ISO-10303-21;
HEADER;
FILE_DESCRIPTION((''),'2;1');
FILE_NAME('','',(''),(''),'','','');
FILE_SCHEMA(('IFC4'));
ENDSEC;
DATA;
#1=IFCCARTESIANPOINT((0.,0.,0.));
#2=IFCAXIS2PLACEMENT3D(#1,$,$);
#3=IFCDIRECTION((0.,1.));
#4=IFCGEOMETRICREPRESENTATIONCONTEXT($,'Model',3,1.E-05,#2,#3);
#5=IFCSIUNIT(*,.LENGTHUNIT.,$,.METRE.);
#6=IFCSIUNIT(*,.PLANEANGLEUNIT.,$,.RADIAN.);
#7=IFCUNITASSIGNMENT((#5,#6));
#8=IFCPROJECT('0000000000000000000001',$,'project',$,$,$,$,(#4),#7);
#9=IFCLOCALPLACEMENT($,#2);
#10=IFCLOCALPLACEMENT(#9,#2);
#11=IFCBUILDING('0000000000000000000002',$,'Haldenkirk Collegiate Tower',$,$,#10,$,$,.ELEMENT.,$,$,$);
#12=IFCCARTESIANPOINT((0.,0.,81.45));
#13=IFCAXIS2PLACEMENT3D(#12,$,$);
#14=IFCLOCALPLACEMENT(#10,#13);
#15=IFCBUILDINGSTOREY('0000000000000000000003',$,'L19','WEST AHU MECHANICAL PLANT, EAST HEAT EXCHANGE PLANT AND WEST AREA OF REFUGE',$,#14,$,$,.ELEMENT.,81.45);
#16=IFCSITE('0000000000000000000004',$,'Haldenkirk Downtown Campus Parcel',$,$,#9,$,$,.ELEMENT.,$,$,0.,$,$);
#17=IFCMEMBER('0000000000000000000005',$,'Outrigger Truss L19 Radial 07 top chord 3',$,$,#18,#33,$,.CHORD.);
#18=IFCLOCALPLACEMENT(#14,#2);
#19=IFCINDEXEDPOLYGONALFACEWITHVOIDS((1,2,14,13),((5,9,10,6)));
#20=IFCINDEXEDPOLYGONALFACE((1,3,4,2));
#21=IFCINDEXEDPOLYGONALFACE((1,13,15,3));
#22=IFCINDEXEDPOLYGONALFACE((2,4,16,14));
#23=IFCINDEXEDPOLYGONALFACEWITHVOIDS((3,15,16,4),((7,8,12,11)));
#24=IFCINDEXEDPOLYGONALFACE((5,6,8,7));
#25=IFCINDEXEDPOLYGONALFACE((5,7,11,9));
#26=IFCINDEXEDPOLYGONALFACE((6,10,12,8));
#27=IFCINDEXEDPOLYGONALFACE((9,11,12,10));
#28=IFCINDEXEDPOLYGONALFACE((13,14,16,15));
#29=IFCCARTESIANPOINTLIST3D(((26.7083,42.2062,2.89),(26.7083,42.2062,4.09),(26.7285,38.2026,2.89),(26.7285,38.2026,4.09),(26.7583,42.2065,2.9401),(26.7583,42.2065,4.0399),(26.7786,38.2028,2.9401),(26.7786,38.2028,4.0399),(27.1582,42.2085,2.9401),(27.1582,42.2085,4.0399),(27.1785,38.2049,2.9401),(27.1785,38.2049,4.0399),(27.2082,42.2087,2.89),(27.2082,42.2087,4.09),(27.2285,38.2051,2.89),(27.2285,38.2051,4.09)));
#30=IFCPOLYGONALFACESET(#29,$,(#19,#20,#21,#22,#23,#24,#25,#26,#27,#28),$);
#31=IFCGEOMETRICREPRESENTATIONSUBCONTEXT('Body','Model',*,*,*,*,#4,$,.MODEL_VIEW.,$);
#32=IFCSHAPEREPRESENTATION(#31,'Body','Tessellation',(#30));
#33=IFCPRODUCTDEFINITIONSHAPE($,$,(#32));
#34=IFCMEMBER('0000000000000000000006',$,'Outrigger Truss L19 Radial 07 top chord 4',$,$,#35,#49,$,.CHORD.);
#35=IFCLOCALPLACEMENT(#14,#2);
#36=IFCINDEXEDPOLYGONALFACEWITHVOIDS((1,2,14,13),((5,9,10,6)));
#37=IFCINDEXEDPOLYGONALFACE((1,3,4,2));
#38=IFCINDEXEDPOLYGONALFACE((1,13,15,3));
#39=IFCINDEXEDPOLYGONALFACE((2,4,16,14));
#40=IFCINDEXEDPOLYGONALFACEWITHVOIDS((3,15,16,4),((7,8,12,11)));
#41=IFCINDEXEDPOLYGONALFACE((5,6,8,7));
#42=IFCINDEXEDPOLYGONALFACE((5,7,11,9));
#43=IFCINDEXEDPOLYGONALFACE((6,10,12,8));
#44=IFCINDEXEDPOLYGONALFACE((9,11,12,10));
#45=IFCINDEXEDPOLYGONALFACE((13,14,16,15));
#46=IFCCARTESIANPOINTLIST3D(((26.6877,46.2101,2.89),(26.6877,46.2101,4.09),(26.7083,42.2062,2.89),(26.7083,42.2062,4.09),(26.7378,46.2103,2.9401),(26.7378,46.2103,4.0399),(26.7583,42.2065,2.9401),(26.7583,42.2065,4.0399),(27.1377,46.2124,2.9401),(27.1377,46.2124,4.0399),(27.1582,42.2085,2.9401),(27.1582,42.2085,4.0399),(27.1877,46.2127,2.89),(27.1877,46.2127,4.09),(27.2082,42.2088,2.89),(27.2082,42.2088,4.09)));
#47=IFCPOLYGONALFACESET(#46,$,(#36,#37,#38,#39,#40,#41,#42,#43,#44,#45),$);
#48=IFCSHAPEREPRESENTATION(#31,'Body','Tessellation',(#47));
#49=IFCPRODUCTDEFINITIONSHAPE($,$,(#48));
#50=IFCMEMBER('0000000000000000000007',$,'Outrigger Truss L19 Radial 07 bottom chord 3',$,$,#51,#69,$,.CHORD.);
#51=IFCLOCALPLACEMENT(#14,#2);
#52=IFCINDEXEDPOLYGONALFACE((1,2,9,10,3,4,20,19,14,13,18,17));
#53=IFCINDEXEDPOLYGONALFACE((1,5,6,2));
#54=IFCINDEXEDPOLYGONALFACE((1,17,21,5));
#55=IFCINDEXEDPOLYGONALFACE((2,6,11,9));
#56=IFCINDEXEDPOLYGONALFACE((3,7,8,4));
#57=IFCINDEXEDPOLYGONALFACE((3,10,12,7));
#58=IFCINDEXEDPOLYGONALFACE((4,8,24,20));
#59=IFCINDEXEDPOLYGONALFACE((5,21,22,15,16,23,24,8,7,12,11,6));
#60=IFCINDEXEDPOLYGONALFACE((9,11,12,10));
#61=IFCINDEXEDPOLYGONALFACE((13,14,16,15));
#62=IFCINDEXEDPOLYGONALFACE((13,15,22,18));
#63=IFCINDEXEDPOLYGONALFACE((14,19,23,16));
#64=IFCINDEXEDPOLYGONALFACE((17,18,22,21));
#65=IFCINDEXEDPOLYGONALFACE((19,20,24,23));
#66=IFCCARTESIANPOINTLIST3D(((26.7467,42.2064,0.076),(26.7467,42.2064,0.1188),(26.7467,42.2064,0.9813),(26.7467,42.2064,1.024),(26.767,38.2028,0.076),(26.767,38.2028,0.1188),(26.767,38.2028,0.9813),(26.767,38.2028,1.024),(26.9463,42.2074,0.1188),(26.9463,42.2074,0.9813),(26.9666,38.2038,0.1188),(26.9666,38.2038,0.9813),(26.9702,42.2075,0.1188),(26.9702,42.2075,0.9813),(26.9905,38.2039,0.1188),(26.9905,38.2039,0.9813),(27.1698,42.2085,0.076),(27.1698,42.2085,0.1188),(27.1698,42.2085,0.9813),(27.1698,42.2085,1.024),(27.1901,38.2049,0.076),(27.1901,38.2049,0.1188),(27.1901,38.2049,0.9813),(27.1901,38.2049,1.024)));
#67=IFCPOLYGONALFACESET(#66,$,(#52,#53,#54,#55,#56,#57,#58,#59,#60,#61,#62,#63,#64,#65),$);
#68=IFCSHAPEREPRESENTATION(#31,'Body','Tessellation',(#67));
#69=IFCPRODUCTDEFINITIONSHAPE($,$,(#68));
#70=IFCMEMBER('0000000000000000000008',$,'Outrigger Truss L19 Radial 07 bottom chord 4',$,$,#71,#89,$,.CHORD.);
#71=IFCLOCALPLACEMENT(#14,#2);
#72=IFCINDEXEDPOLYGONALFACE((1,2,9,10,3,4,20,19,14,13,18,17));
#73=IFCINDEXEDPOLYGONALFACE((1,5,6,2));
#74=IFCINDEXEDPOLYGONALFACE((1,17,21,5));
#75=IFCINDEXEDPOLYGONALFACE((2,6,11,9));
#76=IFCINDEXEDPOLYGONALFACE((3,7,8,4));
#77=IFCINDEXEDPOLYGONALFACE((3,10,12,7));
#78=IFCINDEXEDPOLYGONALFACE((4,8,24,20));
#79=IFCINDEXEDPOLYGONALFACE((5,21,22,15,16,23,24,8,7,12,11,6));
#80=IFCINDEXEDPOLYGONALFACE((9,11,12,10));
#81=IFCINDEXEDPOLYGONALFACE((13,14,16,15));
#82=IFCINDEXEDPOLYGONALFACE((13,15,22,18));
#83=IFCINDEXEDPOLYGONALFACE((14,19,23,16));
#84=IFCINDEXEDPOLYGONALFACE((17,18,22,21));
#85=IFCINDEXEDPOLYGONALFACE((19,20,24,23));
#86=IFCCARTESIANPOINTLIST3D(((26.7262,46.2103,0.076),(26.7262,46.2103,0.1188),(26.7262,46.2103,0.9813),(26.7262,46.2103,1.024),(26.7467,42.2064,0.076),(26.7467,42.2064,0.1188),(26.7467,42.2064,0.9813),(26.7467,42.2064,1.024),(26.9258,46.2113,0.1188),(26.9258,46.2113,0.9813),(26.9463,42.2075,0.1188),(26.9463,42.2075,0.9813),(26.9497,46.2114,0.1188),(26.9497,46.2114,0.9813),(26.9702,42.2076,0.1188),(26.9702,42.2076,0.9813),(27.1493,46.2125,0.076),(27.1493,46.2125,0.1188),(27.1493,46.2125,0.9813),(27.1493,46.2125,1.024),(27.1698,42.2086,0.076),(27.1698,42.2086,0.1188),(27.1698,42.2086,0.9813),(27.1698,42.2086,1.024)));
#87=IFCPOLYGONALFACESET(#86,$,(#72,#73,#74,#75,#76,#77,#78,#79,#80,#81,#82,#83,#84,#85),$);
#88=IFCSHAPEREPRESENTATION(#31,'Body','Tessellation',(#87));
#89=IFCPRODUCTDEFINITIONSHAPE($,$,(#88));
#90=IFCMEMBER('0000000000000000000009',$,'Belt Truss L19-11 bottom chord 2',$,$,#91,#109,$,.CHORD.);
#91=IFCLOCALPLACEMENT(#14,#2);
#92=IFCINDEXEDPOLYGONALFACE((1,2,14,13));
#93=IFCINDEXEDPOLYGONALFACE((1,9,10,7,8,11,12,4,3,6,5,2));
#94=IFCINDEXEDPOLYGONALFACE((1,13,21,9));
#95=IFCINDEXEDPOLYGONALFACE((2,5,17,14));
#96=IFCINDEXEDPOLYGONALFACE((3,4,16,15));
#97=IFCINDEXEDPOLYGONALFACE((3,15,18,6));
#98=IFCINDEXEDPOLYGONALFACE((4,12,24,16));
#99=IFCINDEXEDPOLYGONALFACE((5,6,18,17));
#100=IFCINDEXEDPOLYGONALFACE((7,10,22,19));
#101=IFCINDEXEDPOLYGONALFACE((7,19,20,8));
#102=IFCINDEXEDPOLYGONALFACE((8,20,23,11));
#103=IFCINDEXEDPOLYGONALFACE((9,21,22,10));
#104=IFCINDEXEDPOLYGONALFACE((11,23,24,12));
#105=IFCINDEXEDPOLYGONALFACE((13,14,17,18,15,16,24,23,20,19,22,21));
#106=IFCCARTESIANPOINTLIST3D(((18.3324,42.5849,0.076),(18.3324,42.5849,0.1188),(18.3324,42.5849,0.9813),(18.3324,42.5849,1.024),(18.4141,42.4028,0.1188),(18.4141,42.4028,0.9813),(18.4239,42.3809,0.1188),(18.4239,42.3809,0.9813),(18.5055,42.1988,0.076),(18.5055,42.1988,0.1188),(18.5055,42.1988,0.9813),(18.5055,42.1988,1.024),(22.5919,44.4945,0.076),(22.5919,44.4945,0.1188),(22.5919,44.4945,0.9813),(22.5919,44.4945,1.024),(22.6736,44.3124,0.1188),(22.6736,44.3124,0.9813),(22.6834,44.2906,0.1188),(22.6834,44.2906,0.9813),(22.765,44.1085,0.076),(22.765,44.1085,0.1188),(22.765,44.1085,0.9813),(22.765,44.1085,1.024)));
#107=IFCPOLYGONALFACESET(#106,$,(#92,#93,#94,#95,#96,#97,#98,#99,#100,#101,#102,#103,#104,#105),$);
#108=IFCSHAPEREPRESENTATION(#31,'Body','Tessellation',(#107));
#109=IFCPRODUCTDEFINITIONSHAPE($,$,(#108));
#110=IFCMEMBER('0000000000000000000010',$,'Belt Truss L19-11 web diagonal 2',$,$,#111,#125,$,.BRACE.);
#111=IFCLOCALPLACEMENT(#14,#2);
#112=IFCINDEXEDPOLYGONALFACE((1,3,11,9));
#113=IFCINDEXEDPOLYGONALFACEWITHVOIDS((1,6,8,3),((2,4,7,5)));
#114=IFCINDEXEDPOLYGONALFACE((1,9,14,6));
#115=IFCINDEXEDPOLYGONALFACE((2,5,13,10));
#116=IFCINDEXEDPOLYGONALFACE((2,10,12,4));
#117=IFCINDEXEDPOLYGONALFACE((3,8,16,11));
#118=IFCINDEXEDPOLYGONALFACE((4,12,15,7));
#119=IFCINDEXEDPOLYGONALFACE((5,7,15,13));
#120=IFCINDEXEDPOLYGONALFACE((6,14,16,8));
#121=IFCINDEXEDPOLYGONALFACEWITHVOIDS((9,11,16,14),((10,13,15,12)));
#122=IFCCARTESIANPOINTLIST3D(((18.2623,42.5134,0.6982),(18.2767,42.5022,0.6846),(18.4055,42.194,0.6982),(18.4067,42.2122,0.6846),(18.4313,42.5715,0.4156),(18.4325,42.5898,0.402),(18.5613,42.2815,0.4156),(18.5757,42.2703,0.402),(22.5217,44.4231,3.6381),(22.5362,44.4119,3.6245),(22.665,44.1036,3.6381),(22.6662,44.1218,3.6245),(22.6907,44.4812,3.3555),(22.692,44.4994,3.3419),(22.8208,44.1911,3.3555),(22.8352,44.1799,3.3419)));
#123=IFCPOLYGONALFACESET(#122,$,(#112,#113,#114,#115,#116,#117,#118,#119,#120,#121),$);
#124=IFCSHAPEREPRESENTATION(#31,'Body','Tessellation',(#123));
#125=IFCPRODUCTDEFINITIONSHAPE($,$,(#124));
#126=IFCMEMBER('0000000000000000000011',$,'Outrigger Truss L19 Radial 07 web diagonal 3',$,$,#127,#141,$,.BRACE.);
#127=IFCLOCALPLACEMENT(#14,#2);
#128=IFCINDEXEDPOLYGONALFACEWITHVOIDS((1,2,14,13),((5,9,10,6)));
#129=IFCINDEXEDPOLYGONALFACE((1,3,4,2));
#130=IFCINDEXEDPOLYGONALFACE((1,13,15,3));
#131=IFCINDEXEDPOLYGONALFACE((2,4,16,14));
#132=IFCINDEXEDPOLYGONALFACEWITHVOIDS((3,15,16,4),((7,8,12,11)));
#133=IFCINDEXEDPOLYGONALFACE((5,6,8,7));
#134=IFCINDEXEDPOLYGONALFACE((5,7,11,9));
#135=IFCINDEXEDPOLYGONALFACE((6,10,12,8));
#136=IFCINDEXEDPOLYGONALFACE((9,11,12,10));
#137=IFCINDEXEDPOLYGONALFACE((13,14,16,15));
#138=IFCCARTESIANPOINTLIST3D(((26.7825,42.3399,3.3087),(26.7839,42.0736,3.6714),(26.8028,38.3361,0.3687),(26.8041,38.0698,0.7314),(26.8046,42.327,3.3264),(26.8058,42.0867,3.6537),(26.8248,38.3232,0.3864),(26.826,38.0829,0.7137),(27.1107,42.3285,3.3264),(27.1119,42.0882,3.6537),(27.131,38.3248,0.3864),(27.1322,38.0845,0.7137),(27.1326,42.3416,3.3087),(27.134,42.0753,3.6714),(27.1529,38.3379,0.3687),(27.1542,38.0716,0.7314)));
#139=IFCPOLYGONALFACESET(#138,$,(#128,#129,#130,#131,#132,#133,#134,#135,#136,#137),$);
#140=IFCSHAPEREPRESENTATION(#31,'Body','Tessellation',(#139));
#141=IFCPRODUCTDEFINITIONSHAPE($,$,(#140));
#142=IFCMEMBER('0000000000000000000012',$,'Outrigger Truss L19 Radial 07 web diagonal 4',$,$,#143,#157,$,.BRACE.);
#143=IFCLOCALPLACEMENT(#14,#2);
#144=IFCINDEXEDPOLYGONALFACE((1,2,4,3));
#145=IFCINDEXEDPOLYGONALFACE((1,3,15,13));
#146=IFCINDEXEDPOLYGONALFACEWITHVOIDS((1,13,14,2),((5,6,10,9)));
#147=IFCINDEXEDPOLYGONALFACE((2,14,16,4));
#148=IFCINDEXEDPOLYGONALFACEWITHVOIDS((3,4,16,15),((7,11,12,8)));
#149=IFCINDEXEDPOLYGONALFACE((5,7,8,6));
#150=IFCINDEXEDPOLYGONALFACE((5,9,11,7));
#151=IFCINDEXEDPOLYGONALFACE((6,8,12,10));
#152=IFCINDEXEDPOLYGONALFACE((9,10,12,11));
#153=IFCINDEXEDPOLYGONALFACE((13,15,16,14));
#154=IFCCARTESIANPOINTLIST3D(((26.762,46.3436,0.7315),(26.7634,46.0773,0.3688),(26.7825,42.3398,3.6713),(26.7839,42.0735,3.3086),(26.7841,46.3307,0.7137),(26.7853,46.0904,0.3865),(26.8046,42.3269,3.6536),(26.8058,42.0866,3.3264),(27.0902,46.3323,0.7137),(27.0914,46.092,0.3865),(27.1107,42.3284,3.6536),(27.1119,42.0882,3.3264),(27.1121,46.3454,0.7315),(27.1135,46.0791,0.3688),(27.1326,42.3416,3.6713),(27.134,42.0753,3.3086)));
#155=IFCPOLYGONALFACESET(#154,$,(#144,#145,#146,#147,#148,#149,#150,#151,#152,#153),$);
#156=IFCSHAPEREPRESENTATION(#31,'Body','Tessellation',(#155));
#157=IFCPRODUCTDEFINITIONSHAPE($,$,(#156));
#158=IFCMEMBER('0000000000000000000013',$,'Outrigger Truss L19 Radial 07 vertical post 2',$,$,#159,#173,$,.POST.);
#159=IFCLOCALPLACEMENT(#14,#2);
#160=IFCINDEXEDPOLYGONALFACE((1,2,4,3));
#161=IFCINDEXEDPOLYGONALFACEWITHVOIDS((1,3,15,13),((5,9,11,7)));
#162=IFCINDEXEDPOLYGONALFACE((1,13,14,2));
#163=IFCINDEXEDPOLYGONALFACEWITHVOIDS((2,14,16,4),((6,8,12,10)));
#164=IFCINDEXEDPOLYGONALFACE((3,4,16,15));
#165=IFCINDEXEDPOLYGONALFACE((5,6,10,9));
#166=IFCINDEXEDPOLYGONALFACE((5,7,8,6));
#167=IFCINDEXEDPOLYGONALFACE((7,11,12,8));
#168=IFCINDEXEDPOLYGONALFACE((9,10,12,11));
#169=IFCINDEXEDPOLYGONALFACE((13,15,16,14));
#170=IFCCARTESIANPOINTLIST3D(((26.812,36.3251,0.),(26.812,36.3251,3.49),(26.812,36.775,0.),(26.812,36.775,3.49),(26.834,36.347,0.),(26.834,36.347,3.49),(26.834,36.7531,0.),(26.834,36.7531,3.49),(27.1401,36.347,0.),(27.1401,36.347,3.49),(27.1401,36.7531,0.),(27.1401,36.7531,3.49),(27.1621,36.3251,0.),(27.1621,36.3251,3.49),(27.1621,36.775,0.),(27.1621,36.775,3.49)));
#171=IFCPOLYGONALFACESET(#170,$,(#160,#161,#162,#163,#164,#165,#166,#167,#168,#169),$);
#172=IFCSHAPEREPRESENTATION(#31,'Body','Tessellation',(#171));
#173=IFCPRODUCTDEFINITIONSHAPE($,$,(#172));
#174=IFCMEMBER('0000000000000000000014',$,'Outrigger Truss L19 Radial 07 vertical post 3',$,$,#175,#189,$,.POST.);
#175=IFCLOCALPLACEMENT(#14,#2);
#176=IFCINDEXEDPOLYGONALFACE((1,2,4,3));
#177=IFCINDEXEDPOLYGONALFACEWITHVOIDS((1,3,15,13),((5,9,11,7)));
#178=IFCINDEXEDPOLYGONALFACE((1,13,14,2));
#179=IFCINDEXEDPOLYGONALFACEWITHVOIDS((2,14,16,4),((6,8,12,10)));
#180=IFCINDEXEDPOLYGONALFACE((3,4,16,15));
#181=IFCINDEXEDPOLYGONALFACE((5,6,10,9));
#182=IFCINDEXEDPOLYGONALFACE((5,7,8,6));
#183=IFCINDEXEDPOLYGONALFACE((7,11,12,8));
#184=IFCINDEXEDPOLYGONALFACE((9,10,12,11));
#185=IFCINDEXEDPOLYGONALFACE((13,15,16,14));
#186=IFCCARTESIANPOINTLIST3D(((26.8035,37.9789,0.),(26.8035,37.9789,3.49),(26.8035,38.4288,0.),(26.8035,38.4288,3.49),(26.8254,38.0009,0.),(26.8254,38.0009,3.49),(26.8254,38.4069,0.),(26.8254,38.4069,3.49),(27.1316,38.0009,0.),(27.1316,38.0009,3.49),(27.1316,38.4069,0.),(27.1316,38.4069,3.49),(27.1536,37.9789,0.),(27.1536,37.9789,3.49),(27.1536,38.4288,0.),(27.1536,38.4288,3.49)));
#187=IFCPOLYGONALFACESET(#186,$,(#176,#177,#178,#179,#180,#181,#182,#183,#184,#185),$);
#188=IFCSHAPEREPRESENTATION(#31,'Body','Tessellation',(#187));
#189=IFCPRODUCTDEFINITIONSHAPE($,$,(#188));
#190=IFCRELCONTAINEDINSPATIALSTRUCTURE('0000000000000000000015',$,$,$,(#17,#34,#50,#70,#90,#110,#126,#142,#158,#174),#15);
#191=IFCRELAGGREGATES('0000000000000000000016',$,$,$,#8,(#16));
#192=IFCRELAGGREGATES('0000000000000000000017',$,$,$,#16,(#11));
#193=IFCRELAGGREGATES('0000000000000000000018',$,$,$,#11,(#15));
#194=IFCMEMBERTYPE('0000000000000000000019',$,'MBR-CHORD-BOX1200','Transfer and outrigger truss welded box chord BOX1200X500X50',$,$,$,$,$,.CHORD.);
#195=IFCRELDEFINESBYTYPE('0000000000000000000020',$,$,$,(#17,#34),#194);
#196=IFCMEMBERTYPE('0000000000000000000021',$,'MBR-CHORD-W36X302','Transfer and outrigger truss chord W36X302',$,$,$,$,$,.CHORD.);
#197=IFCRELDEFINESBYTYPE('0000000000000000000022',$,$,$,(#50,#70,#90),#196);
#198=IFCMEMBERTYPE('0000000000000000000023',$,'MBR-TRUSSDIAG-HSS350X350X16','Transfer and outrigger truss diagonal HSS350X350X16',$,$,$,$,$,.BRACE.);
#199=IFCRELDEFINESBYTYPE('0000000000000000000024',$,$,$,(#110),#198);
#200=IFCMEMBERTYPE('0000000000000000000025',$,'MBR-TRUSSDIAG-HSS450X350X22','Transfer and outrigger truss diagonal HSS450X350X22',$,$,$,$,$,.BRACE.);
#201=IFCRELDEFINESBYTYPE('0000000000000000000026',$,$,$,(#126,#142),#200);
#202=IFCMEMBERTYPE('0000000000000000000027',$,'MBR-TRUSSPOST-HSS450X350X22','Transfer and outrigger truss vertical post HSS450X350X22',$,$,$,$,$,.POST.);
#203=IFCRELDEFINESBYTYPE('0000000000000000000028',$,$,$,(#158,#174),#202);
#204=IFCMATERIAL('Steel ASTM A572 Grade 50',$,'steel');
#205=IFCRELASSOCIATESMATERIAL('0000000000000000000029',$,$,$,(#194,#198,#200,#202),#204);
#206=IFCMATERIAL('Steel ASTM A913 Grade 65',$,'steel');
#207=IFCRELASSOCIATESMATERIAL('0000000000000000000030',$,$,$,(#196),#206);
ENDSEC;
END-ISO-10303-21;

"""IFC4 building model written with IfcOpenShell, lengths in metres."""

from ifc_helpers import new_model, si_unit, direction, frame, origin, origin_2d, place, context, subcontext, project, spatial, hollow_rectangle, i_section, extrude, material, material_profile, profile_set, type_object, element, save


model = new_model("IFC4")

# Units and contexts
model_context = context("Model", 3, precision=1e-05, world=origin(), true_north=direction((0.0, 1.0)))
body_context = subcontext(model_context, "Body", "Model", "MODEL_VIEW")
ifc_project = project(units=[si_unit("LENGTHUNIT", "METRE"), si_unit("PLANEANGLEUNIT", "RADIAN")], contexts=[model_context])

# Site, building, storey
site_placement = place(None, origin())
site = spatial("IfcSite", under=ifc_project, at=site_placement, Name="Haldenkirk Downtown Campus Parcel", CompositionType="ELEMENT", RefElevation=0.0)
building_placement = place(site_placement, origin())
building = spatial("IfcBuilding", under=site, at=building_placement, Name="Haldenkirk Collegiate Tower", CompositionType="ELEMENT")
storey_placement = place(building_placement, frame((0.0, 0.0, 81.45)))
storey = spatial("IfcBuildingStorey", under=building, at=storey_placement, Name="L19", Description="WEST AHU MECHANICAL PLANT, EAST HEAT EXCHANGE PLANT AND WEST AREA OF REFUGE", CompositionType="ELEMENT", Elevation=81.45)

# Members
ifc_material_1 = material(Name="Steel ASTM A572 Grade 50", Category="steel")
ifc_material_profile_1 = material_profile(ifc_material_1, hollow_rectangle(XDim=0.5, YDim=1.2, WallThickness=0.05, at=origin_2d()), Name="BOX1200X500X50")
ifc_profile_set_1 = profile_set([ifc_material_profile_1], Name="Steel ASTM A572 Grade 50")
member_type_1 = type_object("IfcMemberType", Name="MBR-CHORD-BOX1200", Description="Transfer and outrigger truss welded box chord BOX1200X500X50", PredefinedType="CHORD", material=ifc_profile_set_1)
member_1_placement = place(storey_placement, frame((26.9785, 38.2039, 3.49), z_axis=(-0.005061, 0.999987, 0.0), x_axis=(-0.999987, -0.005061, 0.0)))
element("IfcMember", 1, at=member_1_placement, inside=storey, type_object=member_type_1, Name="Outrigger Truss L19 Radial 07 top chord 3", PredefinedType="CHORD", context=body_context, shape_type="SweptSolid", body=[
    extrude(hollow_rectangle(XDim=0.5, YDim=1.2, WallThickness=0.05, at=origin_2d()), origin(), (0.0, 0.0, 1.0), 4.0037),
])
member_2_placement = place(storey_placement, frame((26.9583, 42.2075, 3.49), z_axis=(-0.005122, 0.999987, 0.0), x_axis=(-0.999987, -0.005122, 0.0)))
element("IfcMember", 2, at=member_2_placement, inside=storey, type_object=member_type_1, Name="Outrigger Truss L19 Radial 07 top chord 4", PredefinedType="CHORD", context=body_context, shape_type="SweptSolid", body=[
    extrude(hollow_rectangle(XDim=0.5, YDim=1.2, WallThickness=0.05, at=origin_2d()), origin(), (0.0, 0.0, 1.0), 4.0039),
])
ifc_material_2 = material(Name="Steel ASTM A913 Grade 65", Category="steel")
ifc_material_profile_2 = material_profile(ifc_material_2, i_section(OverallWidth=0.4231, OverallDepth=0.948, WebThickness=0.0239, FlangeThickness=0.0427, at=origin_2d()), Name="W36X302")
ifc_profile_set_2 = profile_set([ifc_material_profile_2], Name="Steel ASTM A913 Grade 65")
member_type_2 = type_object("IfcMemberType", Name="MBR-CHORD-W36X302", Description="Transfer and outrigger truss chord W36X302", PredefinedType="CHORD", material=ifc_profile_set_2)
member_3_placement = place(storey_placement, frame((26.9785, 38.2039, 0.55), z_axis=(-0.005061, 0.999987, 0.0), x_axis=(-0.999987, -0.005061, 0.0)))
element("IfcMember", 3, at=member_3_placement, inside=storey, type_object=member_type_2, Name="Outrigger Truss L19 Radial 07 bottom chord 3", PredefinedType="CHORD", context=body_context, shape_type="SweptSolid", body=[
    extrude(i_section(OverallWidth=0.4231, OverallDepth=0.948, WebThickness=0.0239, FlangeThickness=0.0427, at=origin_2d()), origin(), (0.0, 0.0, 1.0), 4.0037),
])
member_4_placement = place(storey_placement, frame((26.9583, 42.2075, 0.55), z_axis=(-0.005122, 0.999987, 0.0), x_axis=(-0.999987, -0.005122, 0.0)))
element("IfcMember", 4, at=member_4_placement, inside=storey, type_object=member_type_2, Name="Outrigger Truss L19 Radial 07 bottom chord 4", PredefinedType="CHORD", context=body_context, shape_type="SweptSolid", body=[
    extrude(i_section(OverallWidth=0.4231, OverallDepth=0.948, WebThickness=0.0239, FlangeThickness=0.0427, at=origin_2d()), origin(), (0.0, 0.0, 1.0), 4.0039),
])
member_5_placement = place(storey_placement, frame((22.6785, 44.3015, 0.55), z_axis=(-0.912491, -0.409096, 0.0), x_axis=(0.409096, -0.912491, 0.0)))
element("IfcMember", 5, at=member_5_placement, inside=storey, type_object=member_type_2, Name="Belt Truss L19-11 bottom chord 2", PredefinedType="CHORD", context=body_context, shape_type="SweptSolid", body=[
    extrude(i_section(OverallWidth=0.4231, OverallDepth=0.948, WebThickness=0.0239, FlangeThickness=0.0427, at=origin_2d()), origin(), (0.0, 0.0, 1.0), 4.668),
])
ifc_material_profile_3 = material_profile(ifc_material_1, hollow_rectangle(XDim=0.3501, YDim=0.3501, WallThickness=0.0161, at=origin_2d()), Name="HSS350X350X16")
ifc_profile_set_3 = profile_set([ifc_material_profile_3], Name="Steel ASTM A572 Grade 50")
member_type_3 = type_object("IfcMemberType", Name="MBR-TRUSSDIAG-HSS350X350X16", Description="Transfer and outrigger truss diagonal HSS350X350X16", PredefinedType="BRACE", material=ifc_profile_set_3)
member_6_placement = place(storey_placement, frame((22.6785, 44.3015, 3.49), z_axis=(-0.772119, -0.346163, -0.53292), x_axis=(0.409096, -0.912491, 0.0)))
element("IfcMember", 6, at=member_6_placement, inside=storey, type_object=member_type_3, Name="Belt Truss L19-11 web diagonal 2", PredefinedType="BRACE", context=body_context, shape_type="SweptSolid", body=[
    extrude(hollow_rectangle(XDim=0.3501, YDim=0.3501, WallThickness=0.0161, at=origin_2d()), origin(), (0.0, 0.0, 1.0), 5.5166),
])
ifc_material_profile_4 = material_profile(ifc_material_1, hollow_rectangle(XDim=0.3501, YDim=0.45, WallThickness=0.022, at=origin_2d()), Name="HSS450X350X22")
ifc_profile_set_4 = profile_set([ifc_material_profile_4], Name="Steel ASTM A572 Grade 50")
member_type_4 = type_object("IfcMemberType", Name="MBR-TRUSSDIAG-HSS450X350X22", Description="Transfer and outrigger truss diagonal HSS450X350X22", PredefinedType="BRACE", material=ifc_profile_set_4)
for number, where, z_axis, x_axis, name in (
    (7, (26.9785, 38.2039, 0.55), (-0.00408, 0.806022, 0.591872), (-0.999987, -0.005061, 0.0), "Outrigger Truss L19 Radial 07 web diagonal 3"),
    (8, (26.9583, 42.2075, 3.49), (-0.004128, 0.806039, -0.591849), (-0.999987, -0.005122, 0.0), "Outrigger Truss L19 Radial 07 web diagonal 4"),
):
    element("IfcMember", number, at=place(storey_placement, frame(where, z_axis=z_axis, x_axis=x_axis)), inside=storey, type_object=member_type_4, Name=name, PredefinedType="BRACE", context=body_context, shape_type="SweptSolid", body=[
        extrude(hollow_rectangle(XDim=0.3501, YDim=0.45, WallThickness=0.022, at=origin_2d()), origin(), (0.0, 0.0, 1.0), 4.9673),
    ])
ifc_material_profile_5 = material_profile(ifc_material_1, hollow_rectangle(XDim=0.3501, YDim=0.45, WallThickness=0.022, at=origin_2d()), Name="HSS450X350X22")
ifc_profile_set_5 = profile_set([ifc_material_profile_5], Name="Steel ASTM A572 Grade 50")
member_type_5 = type_object("IfcMemberType", Name="MBR-TRUSSPOST-HSS450X350X22", Description="Transfer and outrigger truss vertical post HSS450X350X22", PredefinedType="POST", material=ifc_profile_set_5)
for number, where, z_axis, x_axis, name in (
    (9, (26.9871, 36.55, 0.0), (0.0, 0.0, 1.0), (1.0, 0.0, 0.0), "Outrigger Truss L19 Radial 07 vertical post 2"),
    (10, (26.9785, 38.2039, 0.0), (0.0, 0.0, 1.0), (1.0, 0.0, 0.0), "Outrigger Truss L19 Radial 07 vertical post 3"),
):
    element("IfcMember", number, at=place(storey_placement, frame(where, z_axis=z_axis, x_axis=x_axis)), inside=storey, type_object=member_type_5, Name=name, PredefinedType="POST", context=body_context, shape_type="SweptSolid", body=[
        extrude(hollow_rectangle(XDim=0.3501, YDim=0.45, WallThickness=0.022, at=origin_2d()), origin(), (0.0, 0.0, 1.0), 3.49),
    ])

save(model, "model.ifc")
